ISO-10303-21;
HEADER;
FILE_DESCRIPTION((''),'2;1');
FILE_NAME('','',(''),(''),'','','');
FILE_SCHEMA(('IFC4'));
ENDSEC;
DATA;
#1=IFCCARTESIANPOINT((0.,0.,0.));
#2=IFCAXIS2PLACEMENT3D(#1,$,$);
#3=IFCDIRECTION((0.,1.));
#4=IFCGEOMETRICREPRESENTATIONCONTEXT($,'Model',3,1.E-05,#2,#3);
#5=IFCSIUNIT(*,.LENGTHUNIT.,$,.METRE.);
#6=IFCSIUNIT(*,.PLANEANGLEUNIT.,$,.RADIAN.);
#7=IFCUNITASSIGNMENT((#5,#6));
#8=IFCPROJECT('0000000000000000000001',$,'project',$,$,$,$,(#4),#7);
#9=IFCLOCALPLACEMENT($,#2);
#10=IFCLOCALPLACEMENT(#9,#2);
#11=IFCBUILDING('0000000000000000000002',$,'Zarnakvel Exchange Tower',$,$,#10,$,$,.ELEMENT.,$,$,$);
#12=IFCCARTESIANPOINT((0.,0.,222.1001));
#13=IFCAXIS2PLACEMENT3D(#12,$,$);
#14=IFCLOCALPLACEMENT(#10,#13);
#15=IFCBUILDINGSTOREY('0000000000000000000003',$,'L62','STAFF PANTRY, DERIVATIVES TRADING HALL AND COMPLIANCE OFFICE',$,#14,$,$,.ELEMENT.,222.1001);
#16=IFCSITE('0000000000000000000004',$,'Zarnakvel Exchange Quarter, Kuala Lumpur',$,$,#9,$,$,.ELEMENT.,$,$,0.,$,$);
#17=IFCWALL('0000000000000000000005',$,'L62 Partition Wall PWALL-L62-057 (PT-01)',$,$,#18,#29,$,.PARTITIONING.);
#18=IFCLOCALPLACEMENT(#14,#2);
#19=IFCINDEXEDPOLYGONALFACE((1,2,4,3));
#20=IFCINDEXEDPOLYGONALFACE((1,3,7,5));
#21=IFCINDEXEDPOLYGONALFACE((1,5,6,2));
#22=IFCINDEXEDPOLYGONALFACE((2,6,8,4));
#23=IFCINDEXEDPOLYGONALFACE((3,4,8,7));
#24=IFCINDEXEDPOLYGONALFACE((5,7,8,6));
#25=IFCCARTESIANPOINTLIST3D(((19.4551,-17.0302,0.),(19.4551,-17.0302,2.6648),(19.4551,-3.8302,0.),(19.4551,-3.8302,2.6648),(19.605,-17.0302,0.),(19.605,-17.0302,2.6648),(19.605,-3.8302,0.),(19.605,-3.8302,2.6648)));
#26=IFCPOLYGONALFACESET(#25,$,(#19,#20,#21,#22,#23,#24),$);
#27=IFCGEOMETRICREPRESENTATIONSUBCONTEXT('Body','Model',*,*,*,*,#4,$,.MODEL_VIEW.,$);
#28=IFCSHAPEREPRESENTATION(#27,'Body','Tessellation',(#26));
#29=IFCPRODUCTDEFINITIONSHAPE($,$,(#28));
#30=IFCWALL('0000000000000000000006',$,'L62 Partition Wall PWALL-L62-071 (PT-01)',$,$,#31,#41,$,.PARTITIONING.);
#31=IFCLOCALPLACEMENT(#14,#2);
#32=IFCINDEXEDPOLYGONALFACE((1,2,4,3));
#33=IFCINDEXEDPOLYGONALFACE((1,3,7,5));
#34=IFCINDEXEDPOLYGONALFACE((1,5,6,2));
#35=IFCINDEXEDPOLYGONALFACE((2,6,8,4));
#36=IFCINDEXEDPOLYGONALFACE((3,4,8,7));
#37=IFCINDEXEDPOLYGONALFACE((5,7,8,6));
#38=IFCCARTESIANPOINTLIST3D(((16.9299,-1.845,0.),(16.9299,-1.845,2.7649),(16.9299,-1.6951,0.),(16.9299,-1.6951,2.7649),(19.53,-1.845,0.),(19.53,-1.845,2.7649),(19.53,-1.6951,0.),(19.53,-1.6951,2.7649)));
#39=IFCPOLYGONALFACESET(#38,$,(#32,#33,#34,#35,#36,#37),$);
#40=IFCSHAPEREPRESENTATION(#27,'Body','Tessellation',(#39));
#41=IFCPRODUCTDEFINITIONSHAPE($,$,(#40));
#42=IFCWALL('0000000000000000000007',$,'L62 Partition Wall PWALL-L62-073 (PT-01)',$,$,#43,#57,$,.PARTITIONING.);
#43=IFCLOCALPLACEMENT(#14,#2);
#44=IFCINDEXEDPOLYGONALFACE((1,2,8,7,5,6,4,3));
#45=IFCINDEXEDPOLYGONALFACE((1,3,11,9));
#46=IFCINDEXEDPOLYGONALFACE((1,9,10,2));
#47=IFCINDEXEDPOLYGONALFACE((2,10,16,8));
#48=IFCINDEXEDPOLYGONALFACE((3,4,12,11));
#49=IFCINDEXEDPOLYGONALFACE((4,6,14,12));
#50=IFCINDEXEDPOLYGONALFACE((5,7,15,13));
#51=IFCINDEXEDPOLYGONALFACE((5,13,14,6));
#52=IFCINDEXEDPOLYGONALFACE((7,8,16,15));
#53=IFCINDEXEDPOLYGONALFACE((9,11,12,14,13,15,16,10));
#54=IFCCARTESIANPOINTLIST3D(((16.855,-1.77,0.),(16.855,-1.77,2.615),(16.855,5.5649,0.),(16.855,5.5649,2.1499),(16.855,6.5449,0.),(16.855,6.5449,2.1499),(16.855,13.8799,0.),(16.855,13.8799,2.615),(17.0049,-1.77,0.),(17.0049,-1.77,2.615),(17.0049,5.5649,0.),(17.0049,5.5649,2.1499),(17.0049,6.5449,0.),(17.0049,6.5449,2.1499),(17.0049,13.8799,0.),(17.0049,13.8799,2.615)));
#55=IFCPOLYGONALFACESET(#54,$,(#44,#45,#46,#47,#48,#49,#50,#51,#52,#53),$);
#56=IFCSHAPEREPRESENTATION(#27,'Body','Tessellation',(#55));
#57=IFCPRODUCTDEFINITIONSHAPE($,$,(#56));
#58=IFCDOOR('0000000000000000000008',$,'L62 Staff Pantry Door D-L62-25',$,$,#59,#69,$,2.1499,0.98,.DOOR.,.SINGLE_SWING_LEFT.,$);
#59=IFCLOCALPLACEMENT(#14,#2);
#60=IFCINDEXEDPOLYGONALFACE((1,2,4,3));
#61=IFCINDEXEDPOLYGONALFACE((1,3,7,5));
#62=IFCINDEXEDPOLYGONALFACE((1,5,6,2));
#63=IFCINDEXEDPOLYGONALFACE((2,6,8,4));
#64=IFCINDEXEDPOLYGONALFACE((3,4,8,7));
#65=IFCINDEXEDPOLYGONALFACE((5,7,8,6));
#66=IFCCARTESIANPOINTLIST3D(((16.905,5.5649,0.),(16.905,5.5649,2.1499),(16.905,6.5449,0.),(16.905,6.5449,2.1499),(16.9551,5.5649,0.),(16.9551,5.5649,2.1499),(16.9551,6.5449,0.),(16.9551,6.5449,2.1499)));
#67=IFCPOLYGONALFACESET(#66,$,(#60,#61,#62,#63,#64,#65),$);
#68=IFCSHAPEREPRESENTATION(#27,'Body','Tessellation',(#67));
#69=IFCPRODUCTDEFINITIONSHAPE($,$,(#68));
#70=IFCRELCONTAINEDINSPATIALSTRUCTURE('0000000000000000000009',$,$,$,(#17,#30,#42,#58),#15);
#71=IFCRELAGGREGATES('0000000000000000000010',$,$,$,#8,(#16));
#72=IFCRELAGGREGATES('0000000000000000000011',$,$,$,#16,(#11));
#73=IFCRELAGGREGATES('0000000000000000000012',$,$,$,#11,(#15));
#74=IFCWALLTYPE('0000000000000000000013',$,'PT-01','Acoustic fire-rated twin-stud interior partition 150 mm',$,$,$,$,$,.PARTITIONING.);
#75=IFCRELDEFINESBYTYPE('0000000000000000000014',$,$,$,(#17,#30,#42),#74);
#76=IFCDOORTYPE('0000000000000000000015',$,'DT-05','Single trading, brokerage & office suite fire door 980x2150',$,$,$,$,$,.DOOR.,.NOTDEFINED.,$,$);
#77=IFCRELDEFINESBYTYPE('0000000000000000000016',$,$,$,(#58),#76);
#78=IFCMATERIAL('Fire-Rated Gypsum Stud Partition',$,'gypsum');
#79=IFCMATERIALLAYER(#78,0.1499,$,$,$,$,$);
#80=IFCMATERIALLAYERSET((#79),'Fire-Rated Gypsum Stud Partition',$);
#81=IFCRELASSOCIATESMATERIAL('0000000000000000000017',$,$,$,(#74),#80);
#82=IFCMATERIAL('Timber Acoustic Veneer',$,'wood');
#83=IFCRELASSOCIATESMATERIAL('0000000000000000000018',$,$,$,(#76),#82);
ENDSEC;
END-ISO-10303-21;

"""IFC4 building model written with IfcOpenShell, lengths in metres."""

from ifc_helpers import new_model, si_unit, direction, frame, frame_2d, origin, place, context, subcontext, project, spatial, rectangle, extrude, source, transform, mapped, material, layer, layer_set, type_object, element, fill, save


model = new_model("IFC4")

# Units and contexts
model_context = context("Model", 3, precision=1e-05, world=origin(), true_north=direction((0.0, 1.0)))
body_context = subcontext(model_context, "Body", "Model", "MODEL_VIEW")
ifc_project = project(units=[si_unit("LENGTHUNIT", "METRE"), si_unit("PLANEANGLEUNIT", "RADIAN")], contexts=[model_context])

# Site, building, storey
site_placement = place(None, origin())
site = spatial("IfcSite", under=ifc_project, at=site_placement, Name="Zarnakvel Exchange Quarter, Kuala Lumpur", CompositionType="ELEMENT", RefElevation=0.0)
building_placement = place(site_placement, origin())
building = spatial("IfcBuilding", under=site, at=building_placement, Name="Zarnakvel Exchange Tower", CompositionType="ELEMENT")
storey_placement = place(building_placement, frame((0.0, 0.0, 222.1001)))
storey = spatial("IfcBuildingStorey", under=building, at=storey_placement, Name="L62", Description="STAFF PANTRY, DERIVATIVES TRADING HALL AND COMPLIANCE OFFICE", CompositionType="ELEMENT", Elevation=222.1001)

# Shared definitions
ifc_material_1 = material(Name="Fire-Rated Gypsum Stud Partition", Category="gypsum")
ifc_layer_1 = layer(ifc_material_1, 0.1499)
ifc_layer_set_1 = layer_set([ifc_layer_1], Name="Fire-Rated Gypsum Stud Partition")
wall_type_1 = type_object("IfcWallType", Name="PT-01", Description="Acoustic fire-rated twin-stud interior partition 150 mm", PredefinedType="PARTITIONING", material=ifc_layer_set_1)

# Shared definitions
ifc_material_2 = material(Name="Timber Acoustic Veneer", Category="wood")
door_type = type_object("IfcDoorType", Name="DT-05", Description="Single trading, brokerage & office suite fire door 980x2150", OperationType="NOTDEFINED", PredefinedType="DOOR", material=ifc_material_2)
shared_shape_1 = source(origin(), body_context, "Body", "SweptSolid", [
    extrude(rectangle(XDim=0.98, YDim=2.1499, at=frame_2d((0.49, 1.075))), frame((0.0, 0.0249, 0.0), z_axis=(0.0, -1.0, 0.0), x_axis=(1.0, 0.0, 0.0)), (0.0, 0.0, 1.0), 0.05),
])

# Walls
wall_1_placement = place(storey_placement, frame((19.53, -3.8301, 0.0), z_axis=(0.0, 0.0, 1.0), x_axis=(0.0, -1.0, 0.0)))
element("IfcWall", 1, at=wall_1_placement, inside=storey, type_object=wall_type_1, Name="L62 Partition Wall PWALL-L62-057 (PT-01)", PredefinedType="PARTITIONING", context=body_context, shape_type="SweptSolid", body=[
    extrude(rectangle(XDim=13.2, YDim=0.1499, at=frame_2d((6.6001, 0.0))), origin(), (0.0, 0.0, 1.0), 2.6648),
])
wall_2_placement = place(storey_placement, frame((19.53, -1.77, 0.0), z_axis=(0.0, 0.0, 1.0), x_axis=(-1.0, 0.0, 0.0)))
element("IfcWall", 2, at=wall_2_placement, inside=storey, type_object=wall_type_1, Name="L62 Partition Wall PWALL-L62-071 (PT-01)", PredefinedType="PARTITIONING", context=body_context, shape_type="SweptSolid", body=[
    extrude(rectangle(XDim=2.6001, YDim=0.1499, at=frame_2d((1.3, 0.0))), origin(), (0.0, 0.0, 1.0), 2.7649),
])

# Wall, opening, door
wall_3_placement = place(storey_placement, frame((16.9299, -1.77, 0.0), z_axis=(0.0, 0.0, 1.0), x_axis=(0.0, 1.0, 0.0)))
wall_3 = element("IfcWall", 3, at=wall_3_placement, inside=storey, type_object=wall_type_1, Name="L62 Partition Wall PWALL-L62-073 (PT-01)", PredefinedType="PARTITIONING", context=body_context, shape_type="SweptSolid", body=[
    extrude(rectangle(XDim=15.6499, YDim=0.1499, at=frame_2d((7.825, 0.0))), origin(), (0.0, 0.0, 1.0), 2.615),
])
opening_1_placement = place(wall_3_placement, frame((7.335, 0.0, 0.0)))
opening_1 = element("IfcOpeningElement", 4, at=opening_1_placement, cuts=wall_3, PredefinedType="OPENING", context=body_context, shape_type="SweptSolid", body=[
    extrude(rectangle(XDim=0.98, YDim=2.1499, at=frame_2d((0.49, 1.075))), frame((0.0, 0.085, 0.0), z_axis=(0.0, -1.0, 0.0), x_axis=(1.0, 0.0, 0.0)), (0.0, 0.0, 1.0), 0.1699),
])
door_1_placement = place(opening_1_placement, origin())
door_1 = element("IfcDoor", 5, at=door_1_placement, inside=storey, type_object=door_type, Name="L62 Staff Pantry Door D-L62-25", OperationType="SINGLE_SWING_LEFT", OverallHeight=2.1499, OverallWidth=0.98, PredefinedType="DOOR", context=body_context, shape_type="MappedRepresentation", body=[
    mapped(shared_shape_1, transform((0.0, 0.0, 0.0), x_axis=(1.0, 0.0, 0.0), y_axis=(0.0, 1.0, 0.0), z_axis=(0.0, 0.0, 1.0), scale=1.0)),
])
fill(opening_1, door_1)

save(model, "model.ifc")
